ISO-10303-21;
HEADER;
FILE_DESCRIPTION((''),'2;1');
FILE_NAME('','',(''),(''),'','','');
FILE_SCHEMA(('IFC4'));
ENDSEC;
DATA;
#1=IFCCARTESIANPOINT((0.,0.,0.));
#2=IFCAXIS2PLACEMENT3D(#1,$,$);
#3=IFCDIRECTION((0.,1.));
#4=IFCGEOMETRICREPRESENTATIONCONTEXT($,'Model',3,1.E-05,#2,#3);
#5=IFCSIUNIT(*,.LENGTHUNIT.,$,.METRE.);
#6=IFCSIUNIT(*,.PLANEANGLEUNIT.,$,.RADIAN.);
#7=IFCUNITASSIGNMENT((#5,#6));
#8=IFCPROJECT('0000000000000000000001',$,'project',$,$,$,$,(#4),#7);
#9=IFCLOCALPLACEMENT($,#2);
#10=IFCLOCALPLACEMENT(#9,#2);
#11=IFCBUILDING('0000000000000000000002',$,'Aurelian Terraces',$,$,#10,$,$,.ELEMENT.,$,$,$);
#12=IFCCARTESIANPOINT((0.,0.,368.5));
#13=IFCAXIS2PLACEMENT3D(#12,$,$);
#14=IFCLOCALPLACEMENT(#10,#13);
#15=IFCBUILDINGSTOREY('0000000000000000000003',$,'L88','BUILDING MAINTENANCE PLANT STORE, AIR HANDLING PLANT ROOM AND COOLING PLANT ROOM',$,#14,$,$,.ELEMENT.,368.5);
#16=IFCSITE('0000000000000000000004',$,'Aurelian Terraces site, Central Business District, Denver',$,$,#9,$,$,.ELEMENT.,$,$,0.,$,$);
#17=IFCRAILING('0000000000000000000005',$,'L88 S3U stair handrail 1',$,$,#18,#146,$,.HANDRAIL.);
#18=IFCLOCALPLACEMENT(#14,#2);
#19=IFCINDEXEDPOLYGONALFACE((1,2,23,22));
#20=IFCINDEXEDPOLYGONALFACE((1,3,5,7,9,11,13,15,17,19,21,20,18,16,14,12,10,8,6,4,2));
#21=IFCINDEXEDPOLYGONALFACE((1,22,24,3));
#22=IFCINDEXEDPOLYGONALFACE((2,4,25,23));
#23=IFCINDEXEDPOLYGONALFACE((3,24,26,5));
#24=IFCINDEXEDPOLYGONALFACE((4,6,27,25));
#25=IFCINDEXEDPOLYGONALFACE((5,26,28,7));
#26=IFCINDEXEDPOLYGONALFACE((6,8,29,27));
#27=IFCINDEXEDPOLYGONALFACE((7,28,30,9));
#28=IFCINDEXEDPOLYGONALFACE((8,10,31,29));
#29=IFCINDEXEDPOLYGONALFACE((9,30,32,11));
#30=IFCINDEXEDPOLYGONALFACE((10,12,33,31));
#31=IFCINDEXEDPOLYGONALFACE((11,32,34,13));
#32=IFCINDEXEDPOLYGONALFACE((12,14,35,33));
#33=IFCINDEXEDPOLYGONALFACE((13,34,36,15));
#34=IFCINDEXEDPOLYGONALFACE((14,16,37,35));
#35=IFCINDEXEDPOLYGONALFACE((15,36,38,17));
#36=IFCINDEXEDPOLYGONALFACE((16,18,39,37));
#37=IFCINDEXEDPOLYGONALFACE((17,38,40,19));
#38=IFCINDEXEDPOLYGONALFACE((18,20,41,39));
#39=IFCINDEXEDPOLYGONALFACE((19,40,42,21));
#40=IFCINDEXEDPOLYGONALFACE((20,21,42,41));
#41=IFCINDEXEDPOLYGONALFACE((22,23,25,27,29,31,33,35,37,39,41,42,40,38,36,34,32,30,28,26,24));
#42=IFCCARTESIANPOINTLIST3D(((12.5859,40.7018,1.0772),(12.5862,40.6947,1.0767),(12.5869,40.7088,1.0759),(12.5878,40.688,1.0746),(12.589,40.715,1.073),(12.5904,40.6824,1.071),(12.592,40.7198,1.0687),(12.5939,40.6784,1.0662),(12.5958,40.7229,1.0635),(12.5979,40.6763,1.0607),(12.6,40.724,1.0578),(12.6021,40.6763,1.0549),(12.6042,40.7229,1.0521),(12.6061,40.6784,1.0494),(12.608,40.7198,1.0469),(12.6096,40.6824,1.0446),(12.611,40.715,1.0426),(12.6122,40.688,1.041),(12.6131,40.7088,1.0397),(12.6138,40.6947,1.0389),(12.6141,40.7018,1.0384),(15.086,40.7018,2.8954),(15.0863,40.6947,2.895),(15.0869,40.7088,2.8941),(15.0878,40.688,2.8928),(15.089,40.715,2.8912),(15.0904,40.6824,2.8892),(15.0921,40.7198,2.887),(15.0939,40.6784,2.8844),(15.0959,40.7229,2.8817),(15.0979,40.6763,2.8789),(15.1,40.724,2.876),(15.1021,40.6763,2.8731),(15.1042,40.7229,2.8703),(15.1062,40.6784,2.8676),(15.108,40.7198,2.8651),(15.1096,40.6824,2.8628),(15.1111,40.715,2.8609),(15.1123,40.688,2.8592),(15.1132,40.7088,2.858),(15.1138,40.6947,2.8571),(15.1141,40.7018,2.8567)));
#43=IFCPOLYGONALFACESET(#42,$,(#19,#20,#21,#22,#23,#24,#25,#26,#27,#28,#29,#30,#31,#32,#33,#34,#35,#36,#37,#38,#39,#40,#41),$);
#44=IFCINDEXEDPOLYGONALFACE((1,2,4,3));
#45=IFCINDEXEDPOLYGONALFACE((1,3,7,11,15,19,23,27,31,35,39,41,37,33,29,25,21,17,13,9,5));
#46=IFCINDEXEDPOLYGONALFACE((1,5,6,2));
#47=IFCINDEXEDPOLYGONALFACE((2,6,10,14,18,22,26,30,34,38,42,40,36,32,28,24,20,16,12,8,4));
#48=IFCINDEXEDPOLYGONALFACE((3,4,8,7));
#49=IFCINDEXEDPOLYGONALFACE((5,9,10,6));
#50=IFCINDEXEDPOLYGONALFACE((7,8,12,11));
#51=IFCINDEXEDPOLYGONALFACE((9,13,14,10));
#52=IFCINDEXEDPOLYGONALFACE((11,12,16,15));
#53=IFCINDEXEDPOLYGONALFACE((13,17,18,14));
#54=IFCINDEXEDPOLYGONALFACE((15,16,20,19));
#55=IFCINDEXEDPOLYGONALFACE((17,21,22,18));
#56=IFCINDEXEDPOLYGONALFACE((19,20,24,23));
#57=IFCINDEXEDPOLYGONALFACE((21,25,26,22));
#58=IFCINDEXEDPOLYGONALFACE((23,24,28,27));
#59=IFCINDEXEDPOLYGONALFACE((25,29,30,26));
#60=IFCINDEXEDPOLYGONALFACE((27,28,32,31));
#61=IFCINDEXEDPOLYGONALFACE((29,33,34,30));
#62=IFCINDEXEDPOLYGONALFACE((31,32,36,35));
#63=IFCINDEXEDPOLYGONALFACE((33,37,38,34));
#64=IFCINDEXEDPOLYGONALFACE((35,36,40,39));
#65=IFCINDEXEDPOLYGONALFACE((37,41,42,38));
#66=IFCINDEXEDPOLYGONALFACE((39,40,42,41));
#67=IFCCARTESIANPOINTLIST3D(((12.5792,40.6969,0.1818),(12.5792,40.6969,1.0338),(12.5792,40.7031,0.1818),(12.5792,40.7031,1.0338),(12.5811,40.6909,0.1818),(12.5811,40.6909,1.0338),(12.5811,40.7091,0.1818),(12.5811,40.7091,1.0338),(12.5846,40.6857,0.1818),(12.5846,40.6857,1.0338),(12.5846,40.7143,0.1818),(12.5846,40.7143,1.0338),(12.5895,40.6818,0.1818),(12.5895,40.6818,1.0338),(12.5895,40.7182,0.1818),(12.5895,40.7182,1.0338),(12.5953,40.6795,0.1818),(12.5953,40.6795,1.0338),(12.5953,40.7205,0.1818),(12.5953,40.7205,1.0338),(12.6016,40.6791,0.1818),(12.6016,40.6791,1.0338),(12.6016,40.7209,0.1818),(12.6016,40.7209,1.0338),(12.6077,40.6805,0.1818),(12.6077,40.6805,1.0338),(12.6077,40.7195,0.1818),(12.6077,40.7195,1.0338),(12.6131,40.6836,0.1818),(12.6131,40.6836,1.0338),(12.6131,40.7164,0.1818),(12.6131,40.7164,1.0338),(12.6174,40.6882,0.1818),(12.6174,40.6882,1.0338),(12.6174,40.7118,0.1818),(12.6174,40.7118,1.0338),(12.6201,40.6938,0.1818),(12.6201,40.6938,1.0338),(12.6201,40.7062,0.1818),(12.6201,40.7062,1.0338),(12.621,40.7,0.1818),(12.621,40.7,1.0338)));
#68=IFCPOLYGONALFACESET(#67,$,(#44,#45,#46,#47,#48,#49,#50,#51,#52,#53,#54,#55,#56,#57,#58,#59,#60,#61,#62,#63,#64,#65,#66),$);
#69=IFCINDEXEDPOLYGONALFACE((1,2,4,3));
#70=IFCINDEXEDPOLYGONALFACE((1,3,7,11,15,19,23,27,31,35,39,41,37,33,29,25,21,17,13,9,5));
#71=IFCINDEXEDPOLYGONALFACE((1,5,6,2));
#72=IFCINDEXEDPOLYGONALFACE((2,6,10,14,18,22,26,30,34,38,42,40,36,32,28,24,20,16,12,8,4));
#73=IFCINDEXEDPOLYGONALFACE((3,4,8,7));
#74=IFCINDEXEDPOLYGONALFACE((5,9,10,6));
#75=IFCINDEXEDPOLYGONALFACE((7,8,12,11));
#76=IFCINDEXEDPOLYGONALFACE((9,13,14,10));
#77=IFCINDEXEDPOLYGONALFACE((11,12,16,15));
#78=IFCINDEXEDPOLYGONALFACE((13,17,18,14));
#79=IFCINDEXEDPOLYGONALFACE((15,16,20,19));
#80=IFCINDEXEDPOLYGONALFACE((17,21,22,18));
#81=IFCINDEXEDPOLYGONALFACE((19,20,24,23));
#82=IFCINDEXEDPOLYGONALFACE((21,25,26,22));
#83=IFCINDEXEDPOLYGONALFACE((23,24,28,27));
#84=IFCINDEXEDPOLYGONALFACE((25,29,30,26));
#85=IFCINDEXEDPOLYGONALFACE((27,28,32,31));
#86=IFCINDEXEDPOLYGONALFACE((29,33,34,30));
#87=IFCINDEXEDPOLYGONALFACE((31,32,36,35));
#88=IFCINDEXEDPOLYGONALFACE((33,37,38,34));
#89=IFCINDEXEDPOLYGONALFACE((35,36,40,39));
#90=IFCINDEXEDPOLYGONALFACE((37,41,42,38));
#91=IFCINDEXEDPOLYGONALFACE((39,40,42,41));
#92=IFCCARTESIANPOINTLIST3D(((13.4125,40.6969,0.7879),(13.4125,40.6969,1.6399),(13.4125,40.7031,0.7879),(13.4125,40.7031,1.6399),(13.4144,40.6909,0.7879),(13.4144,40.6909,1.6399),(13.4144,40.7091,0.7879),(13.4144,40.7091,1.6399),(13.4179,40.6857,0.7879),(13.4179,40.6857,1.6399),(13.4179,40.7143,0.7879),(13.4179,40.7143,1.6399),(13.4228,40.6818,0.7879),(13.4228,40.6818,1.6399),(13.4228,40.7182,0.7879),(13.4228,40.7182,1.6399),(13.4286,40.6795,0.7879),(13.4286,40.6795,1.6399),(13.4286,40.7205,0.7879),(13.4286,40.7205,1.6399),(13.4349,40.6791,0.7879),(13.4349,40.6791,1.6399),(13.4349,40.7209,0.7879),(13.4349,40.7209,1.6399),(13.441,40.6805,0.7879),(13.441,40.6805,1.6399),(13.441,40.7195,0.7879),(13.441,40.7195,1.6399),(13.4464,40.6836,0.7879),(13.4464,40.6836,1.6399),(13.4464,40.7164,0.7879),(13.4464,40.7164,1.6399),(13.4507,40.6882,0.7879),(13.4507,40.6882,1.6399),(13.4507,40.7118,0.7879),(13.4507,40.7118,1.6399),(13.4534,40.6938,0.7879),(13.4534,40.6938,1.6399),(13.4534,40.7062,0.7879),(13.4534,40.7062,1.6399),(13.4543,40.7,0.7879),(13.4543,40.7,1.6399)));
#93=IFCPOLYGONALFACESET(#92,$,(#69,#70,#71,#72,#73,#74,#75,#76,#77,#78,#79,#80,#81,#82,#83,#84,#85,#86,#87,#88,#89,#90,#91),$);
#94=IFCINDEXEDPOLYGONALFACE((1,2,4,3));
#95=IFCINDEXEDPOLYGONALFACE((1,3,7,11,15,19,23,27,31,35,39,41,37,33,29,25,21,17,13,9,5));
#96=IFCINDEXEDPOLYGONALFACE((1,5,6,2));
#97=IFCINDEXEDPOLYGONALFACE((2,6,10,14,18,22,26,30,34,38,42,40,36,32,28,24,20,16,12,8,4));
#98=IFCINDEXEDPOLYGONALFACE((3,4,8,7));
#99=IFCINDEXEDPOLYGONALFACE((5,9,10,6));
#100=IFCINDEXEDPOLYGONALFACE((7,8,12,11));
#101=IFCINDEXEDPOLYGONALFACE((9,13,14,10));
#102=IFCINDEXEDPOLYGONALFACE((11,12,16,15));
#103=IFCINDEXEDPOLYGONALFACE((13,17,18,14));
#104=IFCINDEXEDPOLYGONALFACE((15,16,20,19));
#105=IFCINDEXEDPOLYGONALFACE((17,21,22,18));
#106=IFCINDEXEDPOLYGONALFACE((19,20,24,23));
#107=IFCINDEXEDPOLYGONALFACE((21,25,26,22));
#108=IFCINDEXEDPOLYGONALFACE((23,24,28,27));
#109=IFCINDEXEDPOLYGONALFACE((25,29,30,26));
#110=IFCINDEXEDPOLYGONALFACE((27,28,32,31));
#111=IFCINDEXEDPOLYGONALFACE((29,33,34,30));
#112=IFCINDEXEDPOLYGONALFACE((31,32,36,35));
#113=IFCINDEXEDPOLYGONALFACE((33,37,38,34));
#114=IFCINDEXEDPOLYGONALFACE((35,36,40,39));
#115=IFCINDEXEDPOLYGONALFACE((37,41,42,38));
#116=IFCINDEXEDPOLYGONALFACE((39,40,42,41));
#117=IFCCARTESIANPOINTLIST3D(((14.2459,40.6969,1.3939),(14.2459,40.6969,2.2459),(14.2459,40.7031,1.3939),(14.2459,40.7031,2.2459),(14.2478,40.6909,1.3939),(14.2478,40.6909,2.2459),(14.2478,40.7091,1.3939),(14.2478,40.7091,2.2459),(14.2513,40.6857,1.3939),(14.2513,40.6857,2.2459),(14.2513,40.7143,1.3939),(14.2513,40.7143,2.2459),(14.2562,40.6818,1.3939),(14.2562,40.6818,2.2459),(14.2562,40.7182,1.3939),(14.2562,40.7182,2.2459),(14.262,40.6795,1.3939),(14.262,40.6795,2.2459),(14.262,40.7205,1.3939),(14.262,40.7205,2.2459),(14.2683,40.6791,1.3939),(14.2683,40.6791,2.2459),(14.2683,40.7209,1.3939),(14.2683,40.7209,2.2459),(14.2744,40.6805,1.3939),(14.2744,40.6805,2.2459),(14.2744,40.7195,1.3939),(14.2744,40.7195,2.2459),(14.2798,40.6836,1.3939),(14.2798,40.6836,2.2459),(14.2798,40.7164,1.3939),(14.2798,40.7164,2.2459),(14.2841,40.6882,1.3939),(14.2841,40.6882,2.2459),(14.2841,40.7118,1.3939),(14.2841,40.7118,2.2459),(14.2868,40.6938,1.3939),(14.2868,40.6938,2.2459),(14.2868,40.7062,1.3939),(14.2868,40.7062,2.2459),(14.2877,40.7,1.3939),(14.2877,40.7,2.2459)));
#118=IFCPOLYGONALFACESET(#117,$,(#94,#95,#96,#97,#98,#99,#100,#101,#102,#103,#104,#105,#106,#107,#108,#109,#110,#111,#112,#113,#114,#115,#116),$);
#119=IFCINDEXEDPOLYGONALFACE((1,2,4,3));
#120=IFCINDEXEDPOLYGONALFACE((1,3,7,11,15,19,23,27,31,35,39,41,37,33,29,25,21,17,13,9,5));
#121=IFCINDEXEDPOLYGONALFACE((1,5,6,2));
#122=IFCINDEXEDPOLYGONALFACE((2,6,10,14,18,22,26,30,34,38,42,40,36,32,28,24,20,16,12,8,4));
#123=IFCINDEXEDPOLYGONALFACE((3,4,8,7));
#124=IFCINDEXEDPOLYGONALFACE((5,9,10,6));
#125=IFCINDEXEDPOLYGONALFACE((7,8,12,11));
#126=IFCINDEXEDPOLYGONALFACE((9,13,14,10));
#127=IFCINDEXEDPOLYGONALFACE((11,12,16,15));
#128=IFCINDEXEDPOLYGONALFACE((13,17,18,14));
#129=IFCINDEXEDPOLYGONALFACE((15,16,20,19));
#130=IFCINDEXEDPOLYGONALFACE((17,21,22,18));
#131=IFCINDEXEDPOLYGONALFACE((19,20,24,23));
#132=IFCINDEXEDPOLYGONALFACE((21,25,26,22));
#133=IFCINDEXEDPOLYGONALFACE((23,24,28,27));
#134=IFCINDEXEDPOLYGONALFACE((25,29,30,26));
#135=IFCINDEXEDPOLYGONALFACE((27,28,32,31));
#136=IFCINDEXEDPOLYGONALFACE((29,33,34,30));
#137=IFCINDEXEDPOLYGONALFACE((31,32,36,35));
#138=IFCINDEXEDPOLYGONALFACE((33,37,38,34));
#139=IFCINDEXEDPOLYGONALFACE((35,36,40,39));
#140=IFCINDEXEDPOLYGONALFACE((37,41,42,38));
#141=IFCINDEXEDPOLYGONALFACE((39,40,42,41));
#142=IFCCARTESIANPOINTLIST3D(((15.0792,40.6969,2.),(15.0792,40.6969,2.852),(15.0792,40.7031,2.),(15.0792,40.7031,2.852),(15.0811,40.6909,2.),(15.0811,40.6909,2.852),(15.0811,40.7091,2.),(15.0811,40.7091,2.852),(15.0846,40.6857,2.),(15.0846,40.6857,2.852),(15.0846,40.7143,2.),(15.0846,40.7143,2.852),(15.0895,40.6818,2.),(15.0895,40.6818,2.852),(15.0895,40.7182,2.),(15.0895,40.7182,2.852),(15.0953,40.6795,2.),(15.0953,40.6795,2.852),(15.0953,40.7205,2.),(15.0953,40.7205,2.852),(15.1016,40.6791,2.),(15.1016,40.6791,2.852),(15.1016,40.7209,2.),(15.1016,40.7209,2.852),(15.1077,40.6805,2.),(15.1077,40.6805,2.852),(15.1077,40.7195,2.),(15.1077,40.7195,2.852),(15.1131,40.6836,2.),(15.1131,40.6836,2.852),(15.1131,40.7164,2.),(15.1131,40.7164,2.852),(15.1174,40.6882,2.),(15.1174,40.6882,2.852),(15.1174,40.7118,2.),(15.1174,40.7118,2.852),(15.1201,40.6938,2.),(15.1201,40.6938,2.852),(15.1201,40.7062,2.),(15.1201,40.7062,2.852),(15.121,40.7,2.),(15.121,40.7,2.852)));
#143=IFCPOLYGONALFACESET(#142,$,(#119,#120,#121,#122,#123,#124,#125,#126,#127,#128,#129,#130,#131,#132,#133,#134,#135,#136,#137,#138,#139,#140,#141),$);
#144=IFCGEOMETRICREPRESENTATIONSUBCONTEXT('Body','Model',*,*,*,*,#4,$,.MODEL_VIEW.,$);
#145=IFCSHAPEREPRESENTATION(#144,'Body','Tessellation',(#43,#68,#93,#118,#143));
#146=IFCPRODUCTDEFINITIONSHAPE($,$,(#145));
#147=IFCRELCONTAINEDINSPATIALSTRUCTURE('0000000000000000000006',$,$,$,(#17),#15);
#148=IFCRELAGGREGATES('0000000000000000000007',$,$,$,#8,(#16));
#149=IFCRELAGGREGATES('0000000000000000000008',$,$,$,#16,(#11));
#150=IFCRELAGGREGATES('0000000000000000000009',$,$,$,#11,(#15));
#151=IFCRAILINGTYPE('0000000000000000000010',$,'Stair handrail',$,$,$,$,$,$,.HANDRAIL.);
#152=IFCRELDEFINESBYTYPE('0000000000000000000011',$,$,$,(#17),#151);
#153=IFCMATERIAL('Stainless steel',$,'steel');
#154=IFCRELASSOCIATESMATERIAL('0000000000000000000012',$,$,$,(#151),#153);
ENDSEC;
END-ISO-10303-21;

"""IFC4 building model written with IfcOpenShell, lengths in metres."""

from ifc_helpers import new_model, si_unit, direction, frame, origin, origin_2d, place, context, subcontext, project, spatial, circle, extrude, source, transform, mapped, material, type_object, element, save


model = new_model("IFC4")

# Units and contexts
model_context = context("Model", 3, precision=1e-05, world=origin(), true_north=direction((0.0, 1.0)))
body_context = subcontext(model_context, "Body", "Model", "MODEL_VIEW")
ifc_project = project(units=[si_unit("LENGTHUNIT", "METRE"), si_unit("PLANEANGLEUNIT", "RADIAN")], contexts=[model_context])

# Site, building, storey
site_placement = place(None, origin())
site = spatial("IfcSite", under=ifc_project, at=site_placement, Name="Aurelian Terraces site, Central Business District, Denver", CompositionType="ELEMENT", RefElevation=0.0)
building_placement = place(site_placement, origin())
building = spatial("IfcBuilding", under=site, at=building_placement, Name="Aurelian Terraces", CompositionType="ELEMENT")
storey_placement = place(building_placement, frame((0.0, 0.0, 368.5)))
storey = spatial("IfcBuildingStorey", under=building, at=storey_placement, Name="L88", Description="BUILDING MAINTENANCE PLANT STORE, AIR HANDLING PLANT ROOM AND COOLING PLANT ROOM", CompositionType="ELEMENT", Elevation=368.5)

# Railing
ifc_material_1 = material(Name="Stainless steel", Category="steel")
railing_type_1 = type_object("IfcRailingType", Name="Stair handrail", PredefinedType="HANDRAIL", material=ifc_material_1)
shared_shape_1 = source(origin(), body_context, "Body", "SweptSolid", [
    extrude(circle(Radius=0.024, at=origin_2d()), frame((0.0, 0.0, 0.876), z_axis=(0.808733, 0.0, 0.588176), x_axis=(0.0, 1.0, 0.0)), (0.0, 0.0, 1.0), 3.0913),
    extrude(circle(Radius=0.021, at=origin_2d()), origin(), (0.0, 0.0, 1.0), 0.852),
    extrude(circle(Radius=0.021, at=origin_2d()), frame((0.8333, 0.0, 0.6061)), (0.0, 0.0, 1.0), 0.852),
    extrude(circle(Radius=0.021, at=origin_2d()), frame((1.6667, 0.0, 1.2121)), (0.0, 0.0, 1.0), 0.852),
    extrude(circle(Radius=0.021, at=origin_2d()), frame((2.5, 0.0, 1.8182)), (0.0, 0.0, 1.0), 0.852),
])
railing_1_placement = place(storey_placement, frame((12.6, 40.7, 0.1818)))
element("IfcRailing", 1, at=railing_1_placement, inside=storey, type_object=railing_type_1, Name="L88 S3U stair handrail 1", PredefinedType="HANDRAIL", context=body_context, shape_type="MappedRepresentation", body=[
    mapped(shared_shape_1, transform((0.0, 0.0, 0.0), scale=1.0)),
])

save(model, "model.ifc")
